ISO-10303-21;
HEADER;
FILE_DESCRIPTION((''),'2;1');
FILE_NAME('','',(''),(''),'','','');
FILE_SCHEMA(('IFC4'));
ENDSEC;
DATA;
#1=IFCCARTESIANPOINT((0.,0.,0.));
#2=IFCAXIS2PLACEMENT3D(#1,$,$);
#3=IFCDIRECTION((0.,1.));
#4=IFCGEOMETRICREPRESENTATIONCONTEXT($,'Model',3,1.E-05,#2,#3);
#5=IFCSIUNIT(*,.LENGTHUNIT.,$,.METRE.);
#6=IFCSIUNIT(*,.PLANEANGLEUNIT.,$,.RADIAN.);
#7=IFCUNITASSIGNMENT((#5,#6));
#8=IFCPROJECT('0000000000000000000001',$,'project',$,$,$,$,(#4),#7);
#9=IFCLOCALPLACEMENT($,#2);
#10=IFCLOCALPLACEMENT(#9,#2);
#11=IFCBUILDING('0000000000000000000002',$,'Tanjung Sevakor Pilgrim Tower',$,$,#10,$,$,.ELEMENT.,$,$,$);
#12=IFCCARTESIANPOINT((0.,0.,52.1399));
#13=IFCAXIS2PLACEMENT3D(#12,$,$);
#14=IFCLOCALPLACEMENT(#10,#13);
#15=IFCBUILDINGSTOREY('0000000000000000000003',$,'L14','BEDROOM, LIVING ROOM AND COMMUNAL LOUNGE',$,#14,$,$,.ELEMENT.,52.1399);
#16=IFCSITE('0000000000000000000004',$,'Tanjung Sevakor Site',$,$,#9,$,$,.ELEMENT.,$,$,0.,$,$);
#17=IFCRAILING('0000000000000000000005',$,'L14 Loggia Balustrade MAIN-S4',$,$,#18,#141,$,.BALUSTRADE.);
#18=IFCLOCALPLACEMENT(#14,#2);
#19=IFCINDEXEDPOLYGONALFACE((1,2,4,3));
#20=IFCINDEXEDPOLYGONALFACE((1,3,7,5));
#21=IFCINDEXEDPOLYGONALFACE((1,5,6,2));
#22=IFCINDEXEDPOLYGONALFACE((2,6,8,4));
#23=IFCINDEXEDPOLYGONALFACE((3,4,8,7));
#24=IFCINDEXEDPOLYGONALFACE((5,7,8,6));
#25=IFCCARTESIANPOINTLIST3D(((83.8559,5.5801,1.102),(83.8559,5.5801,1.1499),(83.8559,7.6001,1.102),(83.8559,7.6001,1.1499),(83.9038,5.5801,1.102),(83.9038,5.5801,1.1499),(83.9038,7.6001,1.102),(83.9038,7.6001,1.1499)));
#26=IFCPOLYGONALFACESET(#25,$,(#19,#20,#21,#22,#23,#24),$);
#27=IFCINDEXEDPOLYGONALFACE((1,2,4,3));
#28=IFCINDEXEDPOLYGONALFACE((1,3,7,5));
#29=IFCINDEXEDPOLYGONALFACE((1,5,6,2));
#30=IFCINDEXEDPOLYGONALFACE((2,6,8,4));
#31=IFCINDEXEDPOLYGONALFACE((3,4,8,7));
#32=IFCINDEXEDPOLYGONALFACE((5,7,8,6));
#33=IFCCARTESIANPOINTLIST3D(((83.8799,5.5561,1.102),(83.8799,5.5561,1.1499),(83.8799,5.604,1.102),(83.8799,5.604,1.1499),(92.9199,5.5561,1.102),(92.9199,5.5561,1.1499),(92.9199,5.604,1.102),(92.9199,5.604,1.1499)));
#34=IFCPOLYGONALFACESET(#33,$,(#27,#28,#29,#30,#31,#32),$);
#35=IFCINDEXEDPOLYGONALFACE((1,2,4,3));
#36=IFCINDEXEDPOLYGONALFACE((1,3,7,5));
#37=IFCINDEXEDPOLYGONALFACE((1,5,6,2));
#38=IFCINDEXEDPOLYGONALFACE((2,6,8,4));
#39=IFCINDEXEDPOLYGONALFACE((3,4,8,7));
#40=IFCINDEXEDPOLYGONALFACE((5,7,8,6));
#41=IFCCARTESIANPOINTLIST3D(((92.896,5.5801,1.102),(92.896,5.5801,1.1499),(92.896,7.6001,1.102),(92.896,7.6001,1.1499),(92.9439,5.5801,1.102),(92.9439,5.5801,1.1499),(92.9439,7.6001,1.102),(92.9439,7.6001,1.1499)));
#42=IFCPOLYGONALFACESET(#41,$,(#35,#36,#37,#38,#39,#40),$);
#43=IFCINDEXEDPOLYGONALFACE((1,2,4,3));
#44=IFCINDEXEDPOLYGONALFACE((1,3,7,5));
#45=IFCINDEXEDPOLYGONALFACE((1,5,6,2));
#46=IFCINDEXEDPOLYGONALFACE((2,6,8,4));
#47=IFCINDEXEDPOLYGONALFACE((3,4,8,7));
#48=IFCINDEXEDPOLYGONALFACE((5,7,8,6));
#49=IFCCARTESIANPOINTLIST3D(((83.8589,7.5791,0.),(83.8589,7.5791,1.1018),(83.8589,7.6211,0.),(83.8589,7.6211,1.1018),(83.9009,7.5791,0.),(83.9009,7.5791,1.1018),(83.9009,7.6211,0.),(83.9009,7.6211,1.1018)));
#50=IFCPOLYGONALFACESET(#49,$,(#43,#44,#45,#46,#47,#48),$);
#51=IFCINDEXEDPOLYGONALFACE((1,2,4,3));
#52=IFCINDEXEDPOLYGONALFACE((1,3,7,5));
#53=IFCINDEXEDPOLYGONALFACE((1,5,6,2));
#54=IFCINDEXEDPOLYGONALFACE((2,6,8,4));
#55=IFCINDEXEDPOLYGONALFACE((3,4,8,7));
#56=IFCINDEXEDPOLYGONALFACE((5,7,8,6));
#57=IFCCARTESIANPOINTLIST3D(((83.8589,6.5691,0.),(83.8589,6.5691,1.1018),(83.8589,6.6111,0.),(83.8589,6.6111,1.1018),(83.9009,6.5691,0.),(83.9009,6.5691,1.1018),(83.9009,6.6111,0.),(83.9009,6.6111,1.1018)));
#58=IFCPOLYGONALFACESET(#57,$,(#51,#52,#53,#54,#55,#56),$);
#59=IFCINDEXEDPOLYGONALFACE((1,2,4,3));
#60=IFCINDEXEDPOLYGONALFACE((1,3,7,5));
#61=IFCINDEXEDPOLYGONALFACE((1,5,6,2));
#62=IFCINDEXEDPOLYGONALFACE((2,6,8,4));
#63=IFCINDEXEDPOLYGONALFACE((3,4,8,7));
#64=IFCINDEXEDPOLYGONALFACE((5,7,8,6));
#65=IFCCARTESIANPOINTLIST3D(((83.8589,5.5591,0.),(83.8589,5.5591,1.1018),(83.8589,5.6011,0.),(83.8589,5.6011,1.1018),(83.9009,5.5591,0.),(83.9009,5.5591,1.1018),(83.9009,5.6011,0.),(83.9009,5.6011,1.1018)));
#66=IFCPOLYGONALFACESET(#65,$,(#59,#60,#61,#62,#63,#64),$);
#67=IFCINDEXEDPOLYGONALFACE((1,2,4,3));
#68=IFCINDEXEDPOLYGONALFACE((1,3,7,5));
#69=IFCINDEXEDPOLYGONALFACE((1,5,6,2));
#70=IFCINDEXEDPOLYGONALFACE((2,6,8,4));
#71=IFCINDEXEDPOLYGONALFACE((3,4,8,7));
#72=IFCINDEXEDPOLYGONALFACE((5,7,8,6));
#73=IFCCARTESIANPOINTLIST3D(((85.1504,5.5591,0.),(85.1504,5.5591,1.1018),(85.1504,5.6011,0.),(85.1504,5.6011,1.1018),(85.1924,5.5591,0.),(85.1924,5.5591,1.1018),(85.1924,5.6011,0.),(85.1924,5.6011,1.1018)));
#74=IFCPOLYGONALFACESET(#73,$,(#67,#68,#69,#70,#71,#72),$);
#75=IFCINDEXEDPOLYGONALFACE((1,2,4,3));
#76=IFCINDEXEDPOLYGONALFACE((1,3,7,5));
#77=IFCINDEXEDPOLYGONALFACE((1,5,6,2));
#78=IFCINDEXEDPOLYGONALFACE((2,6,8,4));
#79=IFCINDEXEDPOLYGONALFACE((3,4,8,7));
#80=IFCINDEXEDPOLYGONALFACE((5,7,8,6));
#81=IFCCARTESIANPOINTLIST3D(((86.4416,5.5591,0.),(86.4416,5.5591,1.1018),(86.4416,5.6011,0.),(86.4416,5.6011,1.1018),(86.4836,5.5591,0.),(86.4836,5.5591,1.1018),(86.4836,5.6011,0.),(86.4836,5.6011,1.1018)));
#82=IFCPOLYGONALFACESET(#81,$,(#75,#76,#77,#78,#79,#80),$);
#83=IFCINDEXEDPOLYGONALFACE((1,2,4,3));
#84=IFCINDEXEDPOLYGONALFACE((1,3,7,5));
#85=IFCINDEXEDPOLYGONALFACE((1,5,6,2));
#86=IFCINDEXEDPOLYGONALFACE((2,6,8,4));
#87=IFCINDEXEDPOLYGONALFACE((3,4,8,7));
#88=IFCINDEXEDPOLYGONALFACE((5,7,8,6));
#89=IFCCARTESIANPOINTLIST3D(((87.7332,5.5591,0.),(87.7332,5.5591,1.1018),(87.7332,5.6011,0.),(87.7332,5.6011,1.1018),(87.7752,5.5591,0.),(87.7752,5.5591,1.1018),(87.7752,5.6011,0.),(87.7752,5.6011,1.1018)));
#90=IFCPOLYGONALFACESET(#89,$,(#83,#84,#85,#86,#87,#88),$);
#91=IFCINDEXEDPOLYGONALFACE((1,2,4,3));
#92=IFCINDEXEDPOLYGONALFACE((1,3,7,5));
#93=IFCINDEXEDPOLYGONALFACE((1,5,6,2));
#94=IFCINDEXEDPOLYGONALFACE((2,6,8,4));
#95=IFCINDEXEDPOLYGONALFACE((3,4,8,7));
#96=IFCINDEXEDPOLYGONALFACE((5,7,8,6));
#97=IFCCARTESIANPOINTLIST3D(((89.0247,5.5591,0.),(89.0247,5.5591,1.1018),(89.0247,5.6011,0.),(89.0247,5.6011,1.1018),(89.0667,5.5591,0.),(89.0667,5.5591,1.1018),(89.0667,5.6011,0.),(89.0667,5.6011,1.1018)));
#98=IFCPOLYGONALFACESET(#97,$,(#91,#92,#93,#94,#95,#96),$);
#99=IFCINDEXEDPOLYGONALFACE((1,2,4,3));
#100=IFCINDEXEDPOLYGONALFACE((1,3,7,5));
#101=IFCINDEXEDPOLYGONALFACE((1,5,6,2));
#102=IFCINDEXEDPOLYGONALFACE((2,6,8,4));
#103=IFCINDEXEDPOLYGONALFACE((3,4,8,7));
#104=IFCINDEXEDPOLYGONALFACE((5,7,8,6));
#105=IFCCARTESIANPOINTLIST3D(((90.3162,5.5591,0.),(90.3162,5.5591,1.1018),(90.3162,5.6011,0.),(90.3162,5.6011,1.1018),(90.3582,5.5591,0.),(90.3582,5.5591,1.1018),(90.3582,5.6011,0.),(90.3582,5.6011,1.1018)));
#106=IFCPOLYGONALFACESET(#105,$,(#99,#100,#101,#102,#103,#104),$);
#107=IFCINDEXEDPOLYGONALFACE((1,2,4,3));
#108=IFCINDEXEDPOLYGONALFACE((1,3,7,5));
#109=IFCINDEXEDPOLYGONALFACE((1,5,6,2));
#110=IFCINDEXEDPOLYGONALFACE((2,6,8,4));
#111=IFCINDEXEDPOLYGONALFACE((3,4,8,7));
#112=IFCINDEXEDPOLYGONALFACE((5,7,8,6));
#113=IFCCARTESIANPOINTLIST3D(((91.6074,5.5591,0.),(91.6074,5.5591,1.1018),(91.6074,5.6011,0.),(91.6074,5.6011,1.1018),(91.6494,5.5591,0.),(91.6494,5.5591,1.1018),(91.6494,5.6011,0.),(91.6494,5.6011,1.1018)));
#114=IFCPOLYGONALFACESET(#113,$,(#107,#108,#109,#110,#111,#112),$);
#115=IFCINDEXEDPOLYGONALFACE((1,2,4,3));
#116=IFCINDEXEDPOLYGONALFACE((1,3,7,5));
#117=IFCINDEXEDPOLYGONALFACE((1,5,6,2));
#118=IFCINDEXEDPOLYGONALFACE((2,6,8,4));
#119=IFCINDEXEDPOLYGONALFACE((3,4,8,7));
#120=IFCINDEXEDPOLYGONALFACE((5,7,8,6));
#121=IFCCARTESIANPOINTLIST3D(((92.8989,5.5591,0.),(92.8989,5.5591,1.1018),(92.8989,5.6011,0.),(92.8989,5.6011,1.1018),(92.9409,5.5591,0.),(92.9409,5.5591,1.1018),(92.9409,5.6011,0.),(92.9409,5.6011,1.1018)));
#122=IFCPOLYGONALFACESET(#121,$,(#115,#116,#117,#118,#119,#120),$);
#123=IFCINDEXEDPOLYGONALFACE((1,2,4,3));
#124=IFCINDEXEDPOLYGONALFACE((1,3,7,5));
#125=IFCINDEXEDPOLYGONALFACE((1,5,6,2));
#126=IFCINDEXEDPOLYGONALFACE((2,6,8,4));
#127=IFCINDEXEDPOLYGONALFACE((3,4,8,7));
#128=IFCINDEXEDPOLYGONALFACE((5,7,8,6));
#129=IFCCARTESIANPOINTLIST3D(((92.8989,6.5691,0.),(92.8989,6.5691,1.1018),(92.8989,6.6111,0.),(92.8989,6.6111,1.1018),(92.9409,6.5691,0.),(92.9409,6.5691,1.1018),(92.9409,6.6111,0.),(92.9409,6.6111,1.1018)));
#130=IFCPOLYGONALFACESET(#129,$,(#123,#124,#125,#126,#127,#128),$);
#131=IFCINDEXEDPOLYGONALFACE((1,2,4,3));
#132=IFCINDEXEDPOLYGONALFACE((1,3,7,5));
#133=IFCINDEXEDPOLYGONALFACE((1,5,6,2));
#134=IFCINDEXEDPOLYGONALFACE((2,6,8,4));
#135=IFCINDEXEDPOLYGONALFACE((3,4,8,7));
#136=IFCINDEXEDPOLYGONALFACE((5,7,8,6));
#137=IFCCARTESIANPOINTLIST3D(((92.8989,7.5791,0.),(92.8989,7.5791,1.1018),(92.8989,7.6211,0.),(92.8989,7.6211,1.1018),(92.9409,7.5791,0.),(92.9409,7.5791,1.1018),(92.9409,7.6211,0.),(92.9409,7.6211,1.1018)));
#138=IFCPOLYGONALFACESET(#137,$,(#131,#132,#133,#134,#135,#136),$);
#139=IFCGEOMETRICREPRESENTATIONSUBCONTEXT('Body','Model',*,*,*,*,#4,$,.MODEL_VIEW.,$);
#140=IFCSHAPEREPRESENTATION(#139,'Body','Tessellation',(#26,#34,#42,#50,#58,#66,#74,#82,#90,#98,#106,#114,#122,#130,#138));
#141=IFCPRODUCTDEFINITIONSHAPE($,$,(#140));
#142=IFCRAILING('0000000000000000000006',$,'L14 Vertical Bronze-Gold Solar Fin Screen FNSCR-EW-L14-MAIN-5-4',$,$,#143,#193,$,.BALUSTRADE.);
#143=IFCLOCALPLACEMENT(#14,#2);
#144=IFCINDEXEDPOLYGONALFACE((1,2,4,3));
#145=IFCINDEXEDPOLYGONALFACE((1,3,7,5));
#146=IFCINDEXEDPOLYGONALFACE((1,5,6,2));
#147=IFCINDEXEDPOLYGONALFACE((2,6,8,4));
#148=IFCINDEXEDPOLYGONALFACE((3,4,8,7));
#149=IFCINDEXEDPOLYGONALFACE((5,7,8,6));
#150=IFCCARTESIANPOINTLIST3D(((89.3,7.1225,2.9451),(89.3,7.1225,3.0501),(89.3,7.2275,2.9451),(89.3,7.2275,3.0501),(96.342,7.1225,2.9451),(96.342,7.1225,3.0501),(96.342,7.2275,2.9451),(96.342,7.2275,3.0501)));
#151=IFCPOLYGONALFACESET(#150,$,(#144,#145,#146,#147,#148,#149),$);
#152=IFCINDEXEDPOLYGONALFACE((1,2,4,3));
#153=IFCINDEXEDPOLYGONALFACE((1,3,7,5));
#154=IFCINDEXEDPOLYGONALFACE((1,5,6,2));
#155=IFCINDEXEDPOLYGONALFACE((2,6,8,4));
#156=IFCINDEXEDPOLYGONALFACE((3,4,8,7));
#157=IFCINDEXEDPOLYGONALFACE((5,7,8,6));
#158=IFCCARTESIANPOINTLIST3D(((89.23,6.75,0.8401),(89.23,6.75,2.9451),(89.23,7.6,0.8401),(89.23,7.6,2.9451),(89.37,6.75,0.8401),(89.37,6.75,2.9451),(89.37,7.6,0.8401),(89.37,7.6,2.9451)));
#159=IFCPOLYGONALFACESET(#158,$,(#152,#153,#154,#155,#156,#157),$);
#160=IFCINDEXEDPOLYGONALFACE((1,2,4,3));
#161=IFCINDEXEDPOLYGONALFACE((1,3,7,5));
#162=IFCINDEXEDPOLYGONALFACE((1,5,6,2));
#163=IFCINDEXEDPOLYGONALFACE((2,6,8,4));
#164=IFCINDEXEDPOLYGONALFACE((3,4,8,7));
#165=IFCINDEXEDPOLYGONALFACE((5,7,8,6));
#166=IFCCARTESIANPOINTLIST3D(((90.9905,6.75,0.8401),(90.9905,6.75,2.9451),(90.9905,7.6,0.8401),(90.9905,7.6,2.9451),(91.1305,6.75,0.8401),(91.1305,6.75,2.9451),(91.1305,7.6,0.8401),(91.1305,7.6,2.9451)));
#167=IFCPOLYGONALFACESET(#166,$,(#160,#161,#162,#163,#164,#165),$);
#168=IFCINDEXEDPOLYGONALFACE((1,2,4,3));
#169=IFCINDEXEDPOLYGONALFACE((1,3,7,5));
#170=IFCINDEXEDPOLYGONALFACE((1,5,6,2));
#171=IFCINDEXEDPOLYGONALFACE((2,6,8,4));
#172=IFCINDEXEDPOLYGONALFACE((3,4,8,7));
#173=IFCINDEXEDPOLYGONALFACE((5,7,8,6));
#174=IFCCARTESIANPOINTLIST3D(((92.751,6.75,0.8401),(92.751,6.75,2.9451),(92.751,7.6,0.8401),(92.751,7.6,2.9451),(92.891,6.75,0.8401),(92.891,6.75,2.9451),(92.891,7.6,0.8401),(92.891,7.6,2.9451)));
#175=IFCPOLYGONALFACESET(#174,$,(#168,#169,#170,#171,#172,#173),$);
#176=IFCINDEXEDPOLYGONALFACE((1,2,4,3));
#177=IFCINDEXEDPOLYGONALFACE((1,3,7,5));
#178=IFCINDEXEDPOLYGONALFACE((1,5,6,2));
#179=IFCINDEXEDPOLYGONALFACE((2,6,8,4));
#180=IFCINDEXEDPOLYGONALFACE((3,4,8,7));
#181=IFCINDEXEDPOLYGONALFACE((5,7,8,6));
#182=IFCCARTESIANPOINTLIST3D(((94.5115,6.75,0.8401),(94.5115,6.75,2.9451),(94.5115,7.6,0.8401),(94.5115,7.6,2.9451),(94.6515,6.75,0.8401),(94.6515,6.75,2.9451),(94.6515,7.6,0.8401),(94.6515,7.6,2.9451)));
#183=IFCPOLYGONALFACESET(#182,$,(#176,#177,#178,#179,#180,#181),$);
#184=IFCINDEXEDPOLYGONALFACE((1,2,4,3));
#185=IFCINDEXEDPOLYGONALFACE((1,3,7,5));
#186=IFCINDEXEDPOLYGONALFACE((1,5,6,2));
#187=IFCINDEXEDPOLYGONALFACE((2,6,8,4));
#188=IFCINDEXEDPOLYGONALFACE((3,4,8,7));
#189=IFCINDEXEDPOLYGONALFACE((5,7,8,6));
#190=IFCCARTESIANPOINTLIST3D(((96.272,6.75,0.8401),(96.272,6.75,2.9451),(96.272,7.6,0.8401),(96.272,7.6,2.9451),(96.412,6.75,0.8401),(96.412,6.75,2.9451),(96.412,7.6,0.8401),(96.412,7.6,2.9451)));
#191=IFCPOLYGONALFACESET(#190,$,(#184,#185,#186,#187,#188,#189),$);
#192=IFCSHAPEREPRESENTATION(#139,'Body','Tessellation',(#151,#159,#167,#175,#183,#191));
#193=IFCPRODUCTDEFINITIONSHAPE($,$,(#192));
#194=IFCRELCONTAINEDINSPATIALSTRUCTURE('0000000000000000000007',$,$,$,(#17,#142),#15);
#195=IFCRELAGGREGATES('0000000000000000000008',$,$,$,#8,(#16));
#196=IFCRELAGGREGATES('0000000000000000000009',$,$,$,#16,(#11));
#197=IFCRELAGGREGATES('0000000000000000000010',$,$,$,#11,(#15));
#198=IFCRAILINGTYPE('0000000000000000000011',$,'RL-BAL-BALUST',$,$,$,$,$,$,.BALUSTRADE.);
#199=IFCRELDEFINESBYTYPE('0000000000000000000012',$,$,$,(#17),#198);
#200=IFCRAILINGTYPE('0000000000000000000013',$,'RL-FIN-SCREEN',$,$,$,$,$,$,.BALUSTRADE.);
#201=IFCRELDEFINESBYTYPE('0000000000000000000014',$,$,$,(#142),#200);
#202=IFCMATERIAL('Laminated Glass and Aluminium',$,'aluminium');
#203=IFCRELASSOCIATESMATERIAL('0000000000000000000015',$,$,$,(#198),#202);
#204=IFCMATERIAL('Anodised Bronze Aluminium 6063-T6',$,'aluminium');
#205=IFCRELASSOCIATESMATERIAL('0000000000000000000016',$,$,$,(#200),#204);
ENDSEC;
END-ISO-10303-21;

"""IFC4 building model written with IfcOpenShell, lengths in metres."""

from ifc_helpers import new_model, si_unit, direction, frame, origin, place, context, subcontext, project, spatial, rectangle, extrude, material, type_object, element, save


model = new_model("IFC4")

# Units and contexts
model_context = context("Model", 3, precision=1e-05, world=origin(), true_north=direction((0.0, 1.0)))
body_context = subcontext(model_context, "Body", "Model", "MODEL_VIEW")
ifc_project = project(units=[si_unit("LENGTHUNIT", "METRE"), si_unit("PLANEANGLEUNIT", "RADIAN")], contexts=[model_context])

# Site, building, storey
site_placement = place(None, origin())
site = spatial("IfcSite", under=ifc_project, at=site_placement, Name="Tanjung Sevakor Site", CompositionType="ELEMENT", RefElevation=0.0)
building_placement = place(site_placement, origin())
building = spatial("IfcBuilding", under=site, at=building_placement, Name="Tanjung Sevakor Pilgrim Tower", CompositionType="ELEMENT")
storey_placement = place(building_placement, frame((0.0, 0.0, 52.1399)))
storey = spatial("IfcBuildingStorey", under=building, at=storey_placement, Name="L14", Description="BEDROOM, LIVING ROOM AND COMMUNAL LOUNGE", CompositionType="ELEMENT", Elevation=52.1399)

# Railings
ifc_material_1 = material(Name="Laminated Glass and Aluminium", Category="aluminium")
railing_type_1 = type_object("IfcRailingType", Name="RL-BAL-BALUST", PredefinedType="BALUSTRADE", material=ifc_material_1)
railing_1_placement = place(storey_placement, frame((83.8799, 7.6001, 0.0)))
element("IfcRailing", 1, at=railing_1_placement, inside=storey, type_object=railing_type_1, Name="L14 Loggia Balustrade MAIN-S4", PredefinedType="BALUSTRADE", context=body_context, shape_type="SweptSolid", body=[
    extrude(rectangle(XDim=0.0479, YDim=0.0479), frame((0.0, 0.0, 1.126), z_axis=(0.0, -1.0, 0.0), x_axis=(1.0, 0.0, 0.0)), (0.0, 0.0, 1.0), 2.02),
    extrude(rectangle(XDim=0.0479, YDim=0.0479), frame((0.0, -2.02, 1.126), z_axis=(1.0, 0.0, 0.0), x_axis=(0.0, 1.0, 0.0)), (0.0, 0.0, 1.0), 9.04),
    extrude(rectangle(XDim=0.0479, YDim=0.0479), frame((9.04, -2.02, 1.126), z_axis=(0.0, 1.0, 0.0), x_axis=(-1.0, 0.0, 0.0)), (0.0, 0.0, 1.0), 2.02),
    extrude(rectangle(XDim=0.042, YDim=0.042), origin(), (0.0, 0.0, 1.0), 1.1018),
    extrude(rectangle(XDim=0.042, YDim=0.042), frame((0.0, -1.01, 0.0)), (0.0, 0.0, 1.0), 1.1018),
    extrude(rectangle(XDim=0.042, YDim=0.042), frame((0.0, -2.02, 0.0)), (0.0, 0.0, 1.0), 1.1018),
    extrude(rectangle(XDim=0.042, YDim=0.042), frame((1.2915, -2.02, 0.0)), (0.0, 0.0, 1.0), 1.1018),
    extrude(rectangle(XDim=0.042, YDim=0.042), frame((2.5828, -2.02, 0.0)), (0.0, 0.0, 1.0), 1.1018),
    extrude(rectangle(XDim=0.042, YDim=0.042), frame((3.8743, -2.02, 0.0)), (0.0, 0.0, 1.0), 1.1018),
    extrude(rectangle(XDim=0.042, YDim=0.042), frame((5.1658, -2.02, 0.0)), (0.0, 0.0, 1.0), 1.1018),
    extrude(rectangle(XDim=0.042, YDim=0.042), frame((6.4573, -2.02, 0.0)), (0.0, 0.0, 1.0), 1.1018),
    extrude(rectangle(XDim=0.042, YDim=0.042), frame((7.7485, -2.02, 0.0)), (0.0, 0.0, 1.0), 1.1018),
    extrude(rectangle(XDim=0.042, YDim=0.042), frame((9.04, -2.02, 0.0)), (0.0, 0.0, 1.0), 1.1018),
    extrude(rectangle(XDim=0.042, YDim=0.042), frame((9.04, -1.01, 0.0)), (0.0, 0.0, 1.0), 1.1018),
    extrude(rectangle(XDim=0.042, YDim=0.042), frame((9.04, 0.0, 0.0)), (0.0, 0.0, 1.0), 1.1018),
])
ifc_material_2 = material(Name="Anodised Bronze Aluminium 6063-T6", Category="aluminium")
railing_type_2 = type_object("IfcRailingType", Name="RL-FIN-SCREEN", PredefinedType="BALUSTRADE", material=ifc_material_2)
railing_2_placement = place(storey_placement, frame((89.3, 7.175, 0.8401)))
element("IfcRailing", 2, at=railing_2_placement, inside=storey, type_object=railing_type_2, Name="L14 Vertical Bronze-Gold Solar Fin Screen FNSCR-EW-L14-MAIN-5-4", PredefinedType="BALUSTRADE", context=body_context, shape_type="SweptSolid", body=[
    extrude(rectangle(XDim=0.105, YDim=0.105), frame((0.0, 0.0, 2.1575), z_axis=(1.0, 0.0, 0.0), x_axis=(0.0, 1.0, 0.0)), (0.0, 0.0, 1.0), 7.042),
    extrude(rectangle(XDim=0.14, YDim=0.85), origin(), (0.0, 0.0, 1.0), 2.105),
    extrude(rectangle(XDim=0.14, YDim=0.85), frame((1.7605, 0.0, 0.0)), (0.0, 0.0, 1.0), 2.105),
    extrude(rectangle(XDim=0.14, YDim=0.85), frame((3.521, 0.0, 0.0)), (0.0, 0.0, 1.0), 2.105),
    extrude(rectangle(XDim=0.14, YDim=0.85), frame((5.2815, 0.0, 0.0)), (0.0, 0.0, 1.0), 2.105),
    extrude(rectangle(XDim=0.14, YDim=0.85), frame((7.042, 0.0, 0.0)), (0.0, 0.0, 1.0), 2.105),
])

save(model, "model.ifc")
